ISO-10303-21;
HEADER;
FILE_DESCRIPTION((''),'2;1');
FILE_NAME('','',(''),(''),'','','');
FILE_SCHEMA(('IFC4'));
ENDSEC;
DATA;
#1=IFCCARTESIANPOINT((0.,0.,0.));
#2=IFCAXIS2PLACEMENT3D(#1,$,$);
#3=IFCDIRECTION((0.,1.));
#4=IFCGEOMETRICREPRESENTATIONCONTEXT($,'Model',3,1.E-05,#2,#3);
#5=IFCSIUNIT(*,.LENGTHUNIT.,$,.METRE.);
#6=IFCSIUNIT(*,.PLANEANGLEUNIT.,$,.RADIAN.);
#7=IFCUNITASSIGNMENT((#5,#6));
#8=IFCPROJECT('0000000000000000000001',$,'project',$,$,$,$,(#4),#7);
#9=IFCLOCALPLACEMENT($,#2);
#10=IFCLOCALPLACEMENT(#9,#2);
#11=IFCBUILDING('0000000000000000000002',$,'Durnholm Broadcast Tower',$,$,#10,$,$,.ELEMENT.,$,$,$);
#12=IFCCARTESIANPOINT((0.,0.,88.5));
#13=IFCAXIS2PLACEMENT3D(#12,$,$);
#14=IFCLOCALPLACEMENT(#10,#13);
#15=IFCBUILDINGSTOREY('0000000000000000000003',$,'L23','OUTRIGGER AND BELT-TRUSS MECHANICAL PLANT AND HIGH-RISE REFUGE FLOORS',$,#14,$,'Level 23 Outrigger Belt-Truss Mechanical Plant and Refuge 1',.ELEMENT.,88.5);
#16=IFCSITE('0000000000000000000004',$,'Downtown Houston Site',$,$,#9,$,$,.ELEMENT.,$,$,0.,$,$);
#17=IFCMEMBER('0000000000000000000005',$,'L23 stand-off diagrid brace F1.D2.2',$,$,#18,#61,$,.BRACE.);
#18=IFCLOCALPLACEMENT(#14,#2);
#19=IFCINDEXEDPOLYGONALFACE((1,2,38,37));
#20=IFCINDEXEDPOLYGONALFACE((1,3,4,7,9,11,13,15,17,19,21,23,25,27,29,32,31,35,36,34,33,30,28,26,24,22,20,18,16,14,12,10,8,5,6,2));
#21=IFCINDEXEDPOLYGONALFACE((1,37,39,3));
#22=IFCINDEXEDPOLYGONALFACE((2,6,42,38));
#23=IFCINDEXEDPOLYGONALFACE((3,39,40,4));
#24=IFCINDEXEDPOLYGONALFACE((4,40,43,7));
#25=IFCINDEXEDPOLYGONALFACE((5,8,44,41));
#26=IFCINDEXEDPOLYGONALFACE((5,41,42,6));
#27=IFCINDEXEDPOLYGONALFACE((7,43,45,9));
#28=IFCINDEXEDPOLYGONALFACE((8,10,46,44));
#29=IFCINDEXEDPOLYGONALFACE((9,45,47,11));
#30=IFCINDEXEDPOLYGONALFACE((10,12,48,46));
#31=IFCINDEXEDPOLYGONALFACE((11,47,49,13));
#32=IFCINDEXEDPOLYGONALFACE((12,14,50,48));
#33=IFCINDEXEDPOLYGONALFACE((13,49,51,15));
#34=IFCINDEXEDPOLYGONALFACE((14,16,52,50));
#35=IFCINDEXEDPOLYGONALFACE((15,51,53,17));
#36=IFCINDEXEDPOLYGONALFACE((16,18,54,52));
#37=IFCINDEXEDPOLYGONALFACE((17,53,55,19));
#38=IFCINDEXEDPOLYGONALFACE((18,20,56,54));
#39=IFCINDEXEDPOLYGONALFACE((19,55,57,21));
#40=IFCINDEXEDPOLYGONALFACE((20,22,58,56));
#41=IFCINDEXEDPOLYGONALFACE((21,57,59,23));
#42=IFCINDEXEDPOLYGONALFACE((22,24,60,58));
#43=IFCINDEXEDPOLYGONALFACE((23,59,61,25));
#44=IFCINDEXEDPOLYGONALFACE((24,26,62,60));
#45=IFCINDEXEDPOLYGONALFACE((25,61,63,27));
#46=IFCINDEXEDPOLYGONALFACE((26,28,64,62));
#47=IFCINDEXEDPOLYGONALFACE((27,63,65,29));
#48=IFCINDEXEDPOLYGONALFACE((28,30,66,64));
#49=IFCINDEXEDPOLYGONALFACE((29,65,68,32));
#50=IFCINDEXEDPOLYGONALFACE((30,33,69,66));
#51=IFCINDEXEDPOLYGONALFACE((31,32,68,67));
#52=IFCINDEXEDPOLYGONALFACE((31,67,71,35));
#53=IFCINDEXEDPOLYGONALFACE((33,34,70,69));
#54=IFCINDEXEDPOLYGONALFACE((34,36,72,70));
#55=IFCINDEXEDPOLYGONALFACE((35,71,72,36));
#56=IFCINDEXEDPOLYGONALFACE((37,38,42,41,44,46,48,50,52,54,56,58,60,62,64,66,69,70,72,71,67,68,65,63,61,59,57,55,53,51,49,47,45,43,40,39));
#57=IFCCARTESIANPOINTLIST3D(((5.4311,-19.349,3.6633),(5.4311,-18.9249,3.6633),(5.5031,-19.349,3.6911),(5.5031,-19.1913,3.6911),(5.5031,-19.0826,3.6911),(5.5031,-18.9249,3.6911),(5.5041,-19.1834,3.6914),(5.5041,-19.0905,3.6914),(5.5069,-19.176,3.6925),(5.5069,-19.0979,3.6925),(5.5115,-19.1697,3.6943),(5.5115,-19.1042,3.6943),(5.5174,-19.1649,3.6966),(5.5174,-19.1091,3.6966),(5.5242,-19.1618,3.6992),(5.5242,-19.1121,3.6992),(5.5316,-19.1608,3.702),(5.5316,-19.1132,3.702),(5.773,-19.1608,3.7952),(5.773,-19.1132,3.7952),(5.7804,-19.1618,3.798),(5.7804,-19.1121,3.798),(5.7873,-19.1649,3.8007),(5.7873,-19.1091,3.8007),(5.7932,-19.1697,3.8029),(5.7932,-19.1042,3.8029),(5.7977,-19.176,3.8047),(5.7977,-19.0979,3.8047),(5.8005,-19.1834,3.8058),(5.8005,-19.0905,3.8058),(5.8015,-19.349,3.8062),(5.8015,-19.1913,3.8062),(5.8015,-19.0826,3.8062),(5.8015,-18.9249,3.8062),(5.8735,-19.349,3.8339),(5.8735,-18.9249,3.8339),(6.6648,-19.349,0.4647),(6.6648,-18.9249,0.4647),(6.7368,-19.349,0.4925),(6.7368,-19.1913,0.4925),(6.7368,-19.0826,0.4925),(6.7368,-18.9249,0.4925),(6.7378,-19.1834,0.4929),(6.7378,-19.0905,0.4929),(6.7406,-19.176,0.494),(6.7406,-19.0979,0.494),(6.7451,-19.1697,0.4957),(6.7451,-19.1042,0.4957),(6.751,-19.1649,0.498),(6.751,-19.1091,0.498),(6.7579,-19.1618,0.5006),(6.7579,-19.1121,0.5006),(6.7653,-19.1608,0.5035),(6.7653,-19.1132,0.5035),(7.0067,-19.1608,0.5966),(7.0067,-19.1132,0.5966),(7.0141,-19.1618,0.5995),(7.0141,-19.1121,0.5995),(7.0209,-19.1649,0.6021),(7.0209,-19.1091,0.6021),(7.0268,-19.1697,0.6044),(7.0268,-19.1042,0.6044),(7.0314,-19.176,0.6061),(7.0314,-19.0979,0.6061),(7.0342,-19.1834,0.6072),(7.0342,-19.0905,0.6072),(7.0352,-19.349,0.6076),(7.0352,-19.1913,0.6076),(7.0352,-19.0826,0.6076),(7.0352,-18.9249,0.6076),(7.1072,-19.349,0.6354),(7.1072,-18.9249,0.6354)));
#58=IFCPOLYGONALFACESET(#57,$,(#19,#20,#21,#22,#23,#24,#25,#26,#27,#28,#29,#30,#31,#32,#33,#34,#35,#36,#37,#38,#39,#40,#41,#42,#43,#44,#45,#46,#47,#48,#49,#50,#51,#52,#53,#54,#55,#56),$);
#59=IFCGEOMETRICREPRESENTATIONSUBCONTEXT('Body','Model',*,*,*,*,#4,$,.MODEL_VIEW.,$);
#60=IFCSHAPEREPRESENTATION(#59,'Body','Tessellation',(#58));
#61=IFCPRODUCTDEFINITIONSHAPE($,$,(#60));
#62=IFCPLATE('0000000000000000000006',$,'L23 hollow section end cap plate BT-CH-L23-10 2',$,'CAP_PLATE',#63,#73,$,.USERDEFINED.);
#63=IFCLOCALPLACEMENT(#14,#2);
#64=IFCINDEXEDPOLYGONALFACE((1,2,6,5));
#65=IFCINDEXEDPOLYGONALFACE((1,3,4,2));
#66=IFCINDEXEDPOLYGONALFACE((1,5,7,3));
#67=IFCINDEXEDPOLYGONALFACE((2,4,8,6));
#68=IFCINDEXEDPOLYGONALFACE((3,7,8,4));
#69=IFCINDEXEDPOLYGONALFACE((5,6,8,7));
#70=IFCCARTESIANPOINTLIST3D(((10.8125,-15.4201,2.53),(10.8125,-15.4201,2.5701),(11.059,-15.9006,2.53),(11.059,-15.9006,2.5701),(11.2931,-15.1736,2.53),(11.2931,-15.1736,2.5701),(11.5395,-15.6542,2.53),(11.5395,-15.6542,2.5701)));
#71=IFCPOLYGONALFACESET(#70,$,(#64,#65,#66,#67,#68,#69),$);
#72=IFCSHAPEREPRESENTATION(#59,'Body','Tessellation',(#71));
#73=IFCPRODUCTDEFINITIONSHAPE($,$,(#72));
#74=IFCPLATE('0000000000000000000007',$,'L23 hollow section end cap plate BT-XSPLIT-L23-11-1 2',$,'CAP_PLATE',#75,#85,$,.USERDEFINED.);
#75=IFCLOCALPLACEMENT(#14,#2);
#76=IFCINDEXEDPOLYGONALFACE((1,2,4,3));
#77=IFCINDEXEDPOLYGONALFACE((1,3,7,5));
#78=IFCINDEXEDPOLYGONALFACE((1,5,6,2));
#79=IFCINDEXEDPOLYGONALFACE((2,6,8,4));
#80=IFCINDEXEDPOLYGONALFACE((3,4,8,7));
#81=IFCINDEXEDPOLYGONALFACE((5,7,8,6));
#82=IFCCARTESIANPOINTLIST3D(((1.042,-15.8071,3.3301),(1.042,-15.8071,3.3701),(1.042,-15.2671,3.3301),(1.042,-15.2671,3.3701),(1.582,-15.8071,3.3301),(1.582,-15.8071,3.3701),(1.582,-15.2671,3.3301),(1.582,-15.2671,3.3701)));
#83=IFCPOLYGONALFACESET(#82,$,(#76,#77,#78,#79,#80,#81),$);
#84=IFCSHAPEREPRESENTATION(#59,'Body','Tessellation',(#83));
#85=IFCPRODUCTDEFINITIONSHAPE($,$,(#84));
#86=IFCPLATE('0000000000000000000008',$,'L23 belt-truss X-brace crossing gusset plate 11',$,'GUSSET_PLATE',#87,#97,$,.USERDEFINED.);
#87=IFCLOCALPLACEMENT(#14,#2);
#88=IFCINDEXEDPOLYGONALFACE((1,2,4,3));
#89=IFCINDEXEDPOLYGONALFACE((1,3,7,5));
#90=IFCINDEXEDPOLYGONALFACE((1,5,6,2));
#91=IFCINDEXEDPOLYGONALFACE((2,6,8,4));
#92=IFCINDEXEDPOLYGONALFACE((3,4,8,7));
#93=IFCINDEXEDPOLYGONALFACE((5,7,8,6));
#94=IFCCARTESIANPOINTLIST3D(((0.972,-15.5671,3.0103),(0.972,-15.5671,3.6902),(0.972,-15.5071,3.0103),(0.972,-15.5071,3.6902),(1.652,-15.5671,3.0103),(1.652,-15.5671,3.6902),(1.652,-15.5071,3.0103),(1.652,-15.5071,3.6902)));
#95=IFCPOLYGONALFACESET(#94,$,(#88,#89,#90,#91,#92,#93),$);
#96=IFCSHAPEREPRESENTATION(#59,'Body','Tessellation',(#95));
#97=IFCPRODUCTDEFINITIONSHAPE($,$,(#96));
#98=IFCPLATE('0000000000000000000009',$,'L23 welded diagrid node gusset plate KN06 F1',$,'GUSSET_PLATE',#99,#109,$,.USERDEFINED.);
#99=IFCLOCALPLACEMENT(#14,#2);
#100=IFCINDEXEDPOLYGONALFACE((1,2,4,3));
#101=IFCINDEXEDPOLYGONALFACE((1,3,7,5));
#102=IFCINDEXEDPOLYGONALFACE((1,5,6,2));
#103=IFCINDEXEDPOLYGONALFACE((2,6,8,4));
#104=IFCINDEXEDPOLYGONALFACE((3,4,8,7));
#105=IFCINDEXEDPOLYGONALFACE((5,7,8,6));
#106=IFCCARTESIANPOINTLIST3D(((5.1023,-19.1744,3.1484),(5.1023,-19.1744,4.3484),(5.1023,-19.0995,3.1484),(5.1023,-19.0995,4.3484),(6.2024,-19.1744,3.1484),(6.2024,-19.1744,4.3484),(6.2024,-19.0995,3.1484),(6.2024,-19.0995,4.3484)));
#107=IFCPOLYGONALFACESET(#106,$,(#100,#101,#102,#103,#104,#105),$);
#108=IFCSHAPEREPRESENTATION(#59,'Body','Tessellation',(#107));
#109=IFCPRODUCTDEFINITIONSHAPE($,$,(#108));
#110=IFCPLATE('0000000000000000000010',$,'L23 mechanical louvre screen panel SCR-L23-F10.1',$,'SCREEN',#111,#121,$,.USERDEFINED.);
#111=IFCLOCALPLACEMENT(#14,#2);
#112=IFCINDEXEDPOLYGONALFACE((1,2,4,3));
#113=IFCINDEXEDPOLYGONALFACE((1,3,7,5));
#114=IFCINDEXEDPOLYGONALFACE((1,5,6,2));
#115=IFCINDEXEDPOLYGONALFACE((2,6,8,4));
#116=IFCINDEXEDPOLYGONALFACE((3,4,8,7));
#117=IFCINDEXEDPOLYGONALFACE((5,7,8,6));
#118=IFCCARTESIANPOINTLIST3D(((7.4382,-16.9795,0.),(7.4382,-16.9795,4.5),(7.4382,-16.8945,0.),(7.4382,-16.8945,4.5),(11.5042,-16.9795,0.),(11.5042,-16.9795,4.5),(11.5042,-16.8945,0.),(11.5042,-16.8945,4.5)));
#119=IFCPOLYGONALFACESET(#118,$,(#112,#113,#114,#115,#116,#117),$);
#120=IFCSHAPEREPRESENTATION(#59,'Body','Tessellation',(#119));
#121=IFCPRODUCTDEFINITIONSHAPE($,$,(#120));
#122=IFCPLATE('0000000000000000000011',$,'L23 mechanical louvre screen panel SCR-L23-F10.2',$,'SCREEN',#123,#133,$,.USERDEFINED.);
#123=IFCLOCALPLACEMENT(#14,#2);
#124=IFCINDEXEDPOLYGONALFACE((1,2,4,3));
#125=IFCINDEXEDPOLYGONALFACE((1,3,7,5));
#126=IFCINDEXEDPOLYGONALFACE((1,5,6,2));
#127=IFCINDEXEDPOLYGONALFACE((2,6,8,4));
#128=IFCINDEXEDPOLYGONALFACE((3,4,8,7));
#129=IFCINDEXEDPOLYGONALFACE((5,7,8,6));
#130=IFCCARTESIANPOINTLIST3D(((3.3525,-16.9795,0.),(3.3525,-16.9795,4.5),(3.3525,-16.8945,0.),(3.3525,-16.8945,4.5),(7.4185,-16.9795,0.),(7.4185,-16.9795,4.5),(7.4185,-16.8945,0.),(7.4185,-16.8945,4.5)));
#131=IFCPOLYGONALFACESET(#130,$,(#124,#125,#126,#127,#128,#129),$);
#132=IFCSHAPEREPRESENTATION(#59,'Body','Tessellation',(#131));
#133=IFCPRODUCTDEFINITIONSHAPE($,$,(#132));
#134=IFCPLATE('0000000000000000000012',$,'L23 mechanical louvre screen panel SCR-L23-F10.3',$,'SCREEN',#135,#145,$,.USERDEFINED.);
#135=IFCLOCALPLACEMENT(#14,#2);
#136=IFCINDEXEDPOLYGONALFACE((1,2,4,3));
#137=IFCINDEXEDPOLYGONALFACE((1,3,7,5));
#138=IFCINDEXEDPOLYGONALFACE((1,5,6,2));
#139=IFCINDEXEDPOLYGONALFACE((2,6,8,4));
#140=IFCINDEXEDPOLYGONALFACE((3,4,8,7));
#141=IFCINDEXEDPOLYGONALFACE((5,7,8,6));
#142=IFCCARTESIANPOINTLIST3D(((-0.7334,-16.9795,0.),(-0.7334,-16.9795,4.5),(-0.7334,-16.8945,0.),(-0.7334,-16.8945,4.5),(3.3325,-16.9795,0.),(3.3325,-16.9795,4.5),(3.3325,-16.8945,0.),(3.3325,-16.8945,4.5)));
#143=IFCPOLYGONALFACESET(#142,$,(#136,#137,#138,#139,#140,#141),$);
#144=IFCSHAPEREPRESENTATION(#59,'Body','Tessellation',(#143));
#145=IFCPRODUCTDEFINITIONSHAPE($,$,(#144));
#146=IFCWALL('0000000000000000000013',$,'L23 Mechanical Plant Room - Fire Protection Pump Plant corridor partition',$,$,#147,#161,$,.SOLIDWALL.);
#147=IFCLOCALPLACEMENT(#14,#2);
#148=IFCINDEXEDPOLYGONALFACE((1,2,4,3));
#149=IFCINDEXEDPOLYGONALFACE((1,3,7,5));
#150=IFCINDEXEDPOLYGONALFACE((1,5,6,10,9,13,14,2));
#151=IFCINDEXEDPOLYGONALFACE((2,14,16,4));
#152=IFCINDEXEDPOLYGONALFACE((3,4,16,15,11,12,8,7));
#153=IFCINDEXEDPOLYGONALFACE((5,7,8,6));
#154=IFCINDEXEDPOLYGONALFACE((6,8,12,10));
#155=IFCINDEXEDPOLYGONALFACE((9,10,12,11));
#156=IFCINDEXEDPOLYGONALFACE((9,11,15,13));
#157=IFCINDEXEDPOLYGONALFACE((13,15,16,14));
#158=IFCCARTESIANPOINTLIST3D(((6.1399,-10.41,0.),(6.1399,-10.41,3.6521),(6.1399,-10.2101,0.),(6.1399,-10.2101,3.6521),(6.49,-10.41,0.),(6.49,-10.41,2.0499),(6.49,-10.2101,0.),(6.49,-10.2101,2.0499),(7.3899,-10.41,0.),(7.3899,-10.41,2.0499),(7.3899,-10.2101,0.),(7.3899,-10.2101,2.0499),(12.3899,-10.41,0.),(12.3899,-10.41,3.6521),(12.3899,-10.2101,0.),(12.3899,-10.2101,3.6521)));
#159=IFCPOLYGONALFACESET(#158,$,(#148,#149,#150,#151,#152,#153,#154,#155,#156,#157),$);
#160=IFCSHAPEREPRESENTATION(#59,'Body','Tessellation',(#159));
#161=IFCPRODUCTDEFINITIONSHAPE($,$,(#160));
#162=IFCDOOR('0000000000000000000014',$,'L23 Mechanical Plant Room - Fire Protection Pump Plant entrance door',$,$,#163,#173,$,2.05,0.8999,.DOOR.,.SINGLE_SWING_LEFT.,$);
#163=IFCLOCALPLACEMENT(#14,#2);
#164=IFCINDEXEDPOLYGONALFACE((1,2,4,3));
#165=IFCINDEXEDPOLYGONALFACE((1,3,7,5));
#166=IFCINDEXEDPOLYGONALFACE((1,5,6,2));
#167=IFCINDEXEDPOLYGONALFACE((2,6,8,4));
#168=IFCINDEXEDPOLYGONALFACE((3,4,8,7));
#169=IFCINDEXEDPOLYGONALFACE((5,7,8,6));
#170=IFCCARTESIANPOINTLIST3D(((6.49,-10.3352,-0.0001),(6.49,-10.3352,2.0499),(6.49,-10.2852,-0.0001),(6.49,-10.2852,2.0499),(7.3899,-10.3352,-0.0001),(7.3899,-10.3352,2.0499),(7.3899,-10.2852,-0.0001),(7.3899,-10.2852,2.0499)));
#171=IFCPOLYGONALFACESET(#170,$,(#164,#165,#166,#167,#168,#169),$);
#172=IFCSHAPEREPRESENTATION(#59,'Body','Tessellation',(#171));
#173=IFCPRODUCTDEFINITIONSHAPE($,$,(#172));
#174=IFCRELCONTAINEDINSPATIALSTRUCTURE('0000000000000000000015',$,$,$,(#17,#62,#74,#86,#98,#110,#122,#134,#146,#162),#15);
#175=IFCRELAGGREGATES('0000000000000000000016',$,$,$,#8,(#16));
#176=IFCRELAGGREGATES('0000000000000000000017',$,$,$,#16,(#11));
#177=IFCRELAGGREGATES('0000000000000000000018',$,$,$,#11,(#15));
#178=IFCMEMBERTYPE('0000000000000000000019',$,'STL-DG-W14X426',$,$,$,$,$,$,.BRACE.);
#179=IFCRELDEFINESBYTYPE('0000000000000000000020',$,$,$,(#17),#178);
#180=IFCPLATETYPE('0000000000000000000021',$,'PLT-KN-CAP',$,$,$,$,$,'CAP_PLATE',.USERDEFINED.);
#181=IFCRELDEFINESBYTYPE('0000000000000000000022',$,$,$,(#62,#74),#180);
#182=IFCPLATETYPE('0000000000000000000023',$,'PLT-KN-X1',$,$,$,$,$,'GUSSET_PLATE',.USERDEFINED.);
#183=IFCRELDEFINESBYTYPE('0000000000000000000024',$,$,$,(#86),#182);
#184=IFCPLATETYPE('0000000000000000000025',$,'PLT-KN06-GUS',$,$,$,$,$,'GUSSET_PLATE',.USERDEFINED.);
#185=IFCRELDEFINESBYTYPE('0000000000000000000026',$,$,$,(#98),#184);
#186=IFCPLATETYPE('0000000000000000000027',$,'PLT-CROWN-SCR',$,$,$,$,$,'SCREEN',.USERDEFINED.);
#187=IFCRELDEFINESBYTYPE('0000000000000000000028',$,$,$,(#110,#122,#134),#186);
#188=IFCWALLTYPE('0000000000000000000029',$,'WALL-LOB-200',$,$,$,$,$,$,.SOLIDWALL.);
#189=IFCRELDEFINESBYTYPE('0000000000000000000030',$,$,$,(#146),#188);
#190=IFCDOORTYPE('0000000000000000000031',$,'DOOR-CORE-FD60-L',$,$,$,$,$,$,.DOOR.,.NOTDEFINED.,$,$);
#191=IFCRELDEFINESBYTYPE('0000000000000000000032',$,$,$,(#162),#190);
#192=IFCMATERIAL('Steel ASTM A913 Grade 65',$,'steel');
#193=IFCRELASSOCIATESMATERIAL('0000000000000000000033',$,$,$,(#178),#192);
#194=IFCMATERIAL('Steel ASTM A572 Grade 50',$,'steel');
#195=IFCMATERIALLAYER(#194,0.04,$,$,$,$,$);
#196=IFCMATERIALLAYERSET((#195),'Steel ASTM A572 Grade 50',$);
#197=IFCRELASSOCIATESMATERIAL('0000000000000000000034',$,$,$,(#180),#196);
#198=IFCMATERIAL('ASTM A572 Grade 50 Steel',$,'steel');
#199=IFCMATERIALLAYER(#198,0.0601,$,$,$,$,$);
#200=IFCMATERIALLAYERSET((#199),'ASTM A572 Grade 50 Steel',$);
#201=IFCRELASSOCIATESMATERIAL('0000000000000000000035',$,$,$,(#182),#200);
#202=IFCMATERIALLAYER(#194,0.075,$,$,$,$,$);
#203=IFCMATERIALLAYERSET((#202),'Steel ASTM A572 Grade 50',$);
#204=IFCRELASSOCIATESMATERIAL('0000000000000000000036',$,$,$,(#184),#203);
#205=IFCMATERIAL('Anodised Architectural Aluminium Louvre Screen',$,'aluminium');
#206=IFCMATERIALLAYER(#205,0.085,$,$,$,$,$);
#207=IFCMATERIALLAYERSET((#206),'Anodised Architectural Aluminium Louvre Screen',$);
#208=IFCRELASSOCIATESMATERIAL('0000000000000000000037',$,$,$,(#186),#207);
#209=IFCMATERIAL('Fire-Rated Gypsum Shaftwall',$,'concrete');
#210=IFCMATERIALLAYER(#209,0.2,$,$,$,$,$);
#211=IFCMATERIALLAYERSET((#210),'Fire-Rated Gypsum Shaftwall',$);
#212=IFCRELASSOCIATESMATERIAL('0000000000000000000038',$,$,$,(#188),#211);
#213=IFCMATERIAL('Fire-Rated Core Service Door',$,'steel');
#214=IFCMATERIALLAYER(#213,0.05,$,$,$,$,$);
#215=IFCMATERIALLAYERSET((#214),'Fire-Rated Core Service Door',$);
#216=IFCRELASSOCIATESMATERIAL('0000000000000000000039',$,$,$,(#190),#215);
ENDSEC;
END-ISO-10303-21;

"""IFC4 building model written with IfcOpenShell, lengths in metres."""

from ifc_helpers import new_model, si_unit, direction, frame, frame_2d, origin, origin_2d, place, context, subcontext, project, spatial, rectangle, i_section, extrude, source, transform, mapped, material, layer, layer_set, material_profile, profile_set, type_object, type_shapes, element, fill, save


model = new_model("IFC4")

# Units and contexts
model_context = context("Model", 3, precision=1e-05, world=origin(), true_north=direction((0.0, 1.0)))
body_context = subcontext(model_context, "Body", "Model", "MODEL_VIEW")
ifc_project = project(units=[si_unit("LENGTHUNIT", "METRE"), si_unit("PLANEANGLEUNIT", "RADIAN")], contexts=[model_context])

# Site, building, storey
site_placement = place(None, origin())
site = spatial("IfcSite", under=ifc_project, at=site_placement, Name="Downtown Houston Site", CompositionType="ELEMENT", RefElevation=0.0)
building_placement = place(site_placement, origin())
building = spatial("IfcBuilding", under=site, at=building_placement, Name="Durnholm Broadcast Tower", CompositionType="ELEMENT")
storey_placement = place(building_placement, frame((0.0, 0.0, 88.5)))
storey = spatial("IfcBuildingStorey", under=building, at=storey_placement, Name="L23", Description="OUTRIGGER AND BELT-TRUSS MECHANICAL PLANT AND HIGH-RISE REFUGE FLOORS", LongName="Level 23 Outrigger Belt-Truss Mechanical Plant and Refuge 1", CompositionType="ELEMENT", Elevation=88.5)

# Member
ifc_material_1 = material(Name="Steel ASTM A913 Grade 65", Category="steel")
ifc_material_profile_1 = material_profile(ifc_material_1, i_section(OverallWidth=0.4241, OverallDepth=0.4741, WebThickness=0.0476, FlangeThickness=0.0771, FilletRadius=0.0305, at=origin_2d()), Name="W14X426")
ifc_profile_set_1 = profile_set([ifc_material_profile_1], Name="Steel ASTM A913 Grade 65")
member_type_1 = type_object("IfcMemberType", Name="STL-DG-W14X426", PredefinedType="BRACE", material=ifc_profile_set_1)
shared_shape_1 = source(origin(), body_context, "Body", "SweptSolid", [
    extrude(i_section(OverallWidth=0.4241, OverallDepth=0.4741, WebThickness=0.0476, FlangeThickness=0.0771, FilletRadius=0.0305, at=origin_2d()), origin(), (0.0, 0.0, 1.0), 3.4282),
])
type_shapes(member_type_1, [shared_shape_1])
for number, where, z_axis, x_axis, name in (
    (1, (6.886, -19.137, 0.55), (-0.359857, 0.0, 0.933007), (0.0, -1.0, 0.0), "L23 stand-off diagrid brace F1.D2.2"),
):
    element("IfcMember", number, at=place(storey_placement, frame(where, z_axis=z_axis, x_axis=x_axis)), inside=storey, type_object=member_type_1, Name=name, PredefinedType="BRACE", context=body_context, shape_type="MappedRepresentation", body=[
        mapped(shared_shape_1, transform((0.0, 0.0, 0.0), x_axis=(1.0, 0.0, 0.0), y_axis=(0.0, 1.0, 0.0), z_axis=(0.0, 0.0, 1.0), scale=1.0)),
    ])

# Plates
ifc_material_2 = material(Name="Steel ASTM A572 Grade 50", Category="steel")
ifc_layer_1 = layer(ifc_material_2, 0.04)
ifc_layer_set_1 = layer_set([ifc_layer_1], Name="Steel ASTM A572 Grade 50")
plate_type_1 = type_object("IfcPlateType", Name="PLT-KN-CAP", ElementType="CAP_PLATE", PredefinedType="USERDEFINED", material=ifc_layer_set_1)
shared_shape_2 = source(origin(), body_context, "Body", "SweptSolid", [
    extrude(rectangle(XDim=0.54, YDim=0.54, at=origin_2d()), origin(), (0.0, 0.0, 1.0), 0.04),
])
type_shapes(plate_type_1, [shared_shape_2])
for number, where, z_axis, x_axis, name in (
    (2, (11.176, -15.5371, 2.53), (0.0, 0.0, 1.0), (-0.889815, -0.456322, 0.0), "L23 hollow section end cap plate BT-CH-L23-10 2"),
    (3, (1.312, -15.5371, 3.3301), (0.0, 0.0, 1.0), (1.0, 0.0, 0.0), "L23 hollow section end cap plate BT-XSPLIT-L23-11-1 2"),
):
    element("IfcPlate", number, at=place(storey_placement, frame(where, z_axis=z_axis, x_axis=x_axis)), inside=storey, type_object=plate_type_1, Name=name, ObjectType="CAP_PLATE", PredefinedType="USERDEFINED", context=body_context, shape_type="MappedRepresentation", body=[
        mapped(shared_shape_2, transform((0.0, 0.0, 0.0), x_axis=(1.0, 0.0, 0.0), y_axis=(0.0, 1.0, 0.0), z_axis=(0.0, 0.0, 1.0), scale=1.0)),
    ])
ifc_material_3 = material(Name="ASTM A572 Grade 50 Steel", Category="steel")
ifc_layer_2 = layer(ifc_material_3, 0.0601)
ifc_layer_set_2 = layer_set([ifc_layer_2], Name="ASTM A572 Grade 50 Steel")
plate_type_2 = type_object("IfcPlateType", Name="PLT-KN-X1", ElementType="GUSSET_PLATE", PredefinedType="USERDEFINED", material=ifc_layer_set_2)
shared_shape_3 = source(origin(), body_context, "Body", "SweptSolid", [
    extrude(rectangle(XDim=0.6799, YDim=0.0601, at=origin_2d()), origin(), (0.0, 0.0, 1.0), 0.6799),
])
type_shapes(plate_type_2, [shared_shape_3])
plate_1_placement = place(storey_placement, frame((1.312, -15.5371, 3.0103), z_axis=(0.0, 0.0, 1.0), x_axis=(-1.0, 0.0, 0.0)))
element("IfcPlate", 4, at=plate_1_placement, inside=storey, type_object=plate_type_2, Name="L23 belt-truss X-brace crossing gusset plate 11", ObjectType="GUSSET_PLATE", PredefinedType="USERDEFINED", context=body_context, shape_type="MappedRepresentation", body=[
    mapped(shared_shape_3, transform((0.0, 0.0, 0.0), x_axis=(1.0, 0.0, 0.0), y_axis=(0.0, 1.0, 0.0), z_axis=(0.0, 0.0, 1.0), scale=1.0)),
])
ifc_layer_3 = layer(ifc_material_2, 0.075)
ifc_layer_set_3 = layer_set([ifc_layer_3], Name="Steel ASTM A572 Grade 50")
plate_type_3 = type_object("IfcPlateType", Name="PLT-KN06-GUS", ElementType="GUSSET_PLATE", PredefinedType="USERDEFINED", material=ifc_layer_set_3)
shared_shape_4 = source(origin(), body_context, "Body", "SweptSolid", [
    extrude(rectangle(XDim=1.1001, YDim=0.075, at=origin_2d()), origin(), (0.0, 0.0, 1.0), 1.2),
])
type_shapes(plate_type_3, [shared_shape_4])
plate_2_placement = place(storey_placement, frame((5.6523, -19.137, 3.1484), z_axis=(0.0, 0.0, 1.0), x_axis=(1.0, 0.0, 0.0)))
element("IfcPlate", 5, at=plate_2_placement, inside=storey, type_object=plate_type_3, Name="L23 welded diagrid node gusset plate KN06 F1", ObjectType="GUSSET_PLATE", PredefinedType="USERDEFINED", context=body_context, shape_type="MappedRepresentation", body=[
    mapped(shared_shape_4, transform((0.0, 0.0, 0.0), x_axis=(1.0, 0.0, 0.0), y_axis=(0.0, 1.0, 0.0), z_axis=(0.0, 0.0, 1.0), scale=1.0)),
])
ifc_material_4 = material(Name="Anodised Architectural Aluminium Louvre Screen", Category="aluminium")
ifc_layer_4 = layer(ifc_material_4, 0.085)
ifc_layer_set_4 = layer_set([ifc_layer_4], Name="Anodised Architectural Aluminium Louvre Screen")
plate_type_4 = type_object("IfcPlateType", Name="PLT-CROWN-SCR", ElementType="SCREEN", PredefinedType="USERDEFINED", material=ifc_layer_set_4)
shared_shape_5 = source(origin(), body_context, "Body", "SweptSolid", [
    extrude(rectangle(XDim=4.0659, YDim=0.085, at=origin_2d()), origin(), (0.0, 0.0, 1.0), 4.5),
])
type_shapes(plate_type_4, [shared_shape_5])
for number, where, z_axis, x_axis, name in (
    (6, (9.4712, -16.937, 0.0), (0.0, 0.0, 1.0), (-1.0, 0.0, 0.0), "L23 mechanical louvre screen panel SCR-L23-F10.1"),
    (7, (5.3855, -16.937, 0.0), (0.0, 0.0, 1.0), (-1.0, 0.0, 0.0), "L23 mechanical louvre screen panel SCR-L23-F10.2"),
    (8, (1.2996, -16.937, 0.0), (0.0, 0.0, 1.0), (-1.0, 0.0, 0.0), "L23 mechanical louvre screen panel SCR-L23-F10.3"),
):
    element("IfcPlate", number, at=place(storey_placement, frame(where, z_axis=z_axis, x_axis=x_axis)), inside=storey, type_object=plate_type_4, Name=name, ObjectType="SCREEN", PredefinedType="USERDEFINED", context=body_context, shape_type="MappedRepresentation", body=[
        mapped(shared_shape_5, transform((0.0, 0.0, 0.0), x_axis=(1.0, 0.0, 0.0), y_axis=(0.0, 1.0, 0.0), z_axis=(0.0, 0.0, 1.0), scale=1.0)),
    ])

# Wall, opening, door
ifc_material_5 = material(Name="Fire-Rated Gypsum Shaftwall", Category="concrete")
ifc_layer_5 = layer(ifc_material_5, 0.2)
ifc_layer_set_5 = layer_set([ifc_layer_5], Name="Fire-Rated Gypsum Shaftwall")
wall_type_1 = type_object("IfcWallType", Name="WALL-LOB-200", PredefinedType="SOLIDWALL", material=ifc_layer_set_5)
wall_1_placement = place(storey_placement, frame((6.1399, -10.3101, 0.0), z_axis=(0.0, 0.0, 1.0), x_axis=(1.0, 0.0, 0.0)))
wall_1 = element("IfcWall", 9, at=wall_1_placement, inside=storey, type_object=wall_type_1, Name="L23 Mechanical Plant Room - Fire Protection Pump Plant corridor partition", PredefinedType="SOLIDWALL", context=body_context, shape_type="SweptSolid", body=[
    extrude(rectangle(XDim=6.25, YDim=0.2, at=frame_2d((3.125, 0.0))), origin(), (0.0, 0.0, 1.0), 3.6521),
])
opening_placement = place(wall_1_placement, frame((0.3501, 0.0, 0.0)))
opening = element("IfcOpeningElement", 10, at=opening_placement, cuts=wall_1, PredefinedType="OPENING", context=body_context, shape_type="SweptSolid", body=[
    extrude(rectangle(XDim=0.8999, YDim=2.05, at=frame_2d((0.45, 1.0249))), frame((0.0, 0.1099, 0.0), z_axis=(0.0, -1.0, 0.0), x_axis=(1.0, 0.0, 0.0)), (0.0, 0.0, 1.0), 0.22),
])
ifc_material_6 = material(Name="Fire-Rated Core Service Door", Category="steel")
ifc_layer_6 = layer(ifc_material_6, 0.05)
ifc_layer_set_6 = layer_set([ifc_layer_6], Name="Fire-Rated Core Service Door")
door_type = type_object("IfcDoorType", Name="DOOR-CORE-FD60-L", OperationType="NOTDEFINED", PredefinedType="DOOR", material=ifc_layer_set_6)
shared_shape_6 = source(origin(), body_context, "Body", "SweptSolid", [
    extrude(rectangle(XDim=0.8999, YDim=2.05, at=frame_2d((0.45, 1.0249))), frame((0.0, 0.0249, 0.0), z_axis=(0.0, -1.0, 0.0), x_axis=(1.0, 0.0, 0.0)), (0.0, 0.0, 1.0), 0.05),
])
type_shapes(door_type, [shared_shape_6])
door_placement = place(opening_placement, origin())
door = element("IfcDoor", 11, at=door_placement, inside=storey, type_object=door_type, Name="L23 Mechanical Plant Room - Fire Protection Pump Plant entrance door", OperationType="SINGLE_SWING_LEFT", OverallHeight=2.05, OverallWidth=0.8999, PredefinedType="DOOR", context=body_context, shape_type="MappedRepresentation", body=[
    mapped(shared_shape_6, transform((0.0, 0.0, 0.0), x_axis=(1.0, 0.0, 0.0), y_axis=(0.0, 1.0, 0.0), z_axis=(0.0, 0.0, 1.0), scale=1.0)),
])
fill(opening, door)

save(model, "model.ifc")
